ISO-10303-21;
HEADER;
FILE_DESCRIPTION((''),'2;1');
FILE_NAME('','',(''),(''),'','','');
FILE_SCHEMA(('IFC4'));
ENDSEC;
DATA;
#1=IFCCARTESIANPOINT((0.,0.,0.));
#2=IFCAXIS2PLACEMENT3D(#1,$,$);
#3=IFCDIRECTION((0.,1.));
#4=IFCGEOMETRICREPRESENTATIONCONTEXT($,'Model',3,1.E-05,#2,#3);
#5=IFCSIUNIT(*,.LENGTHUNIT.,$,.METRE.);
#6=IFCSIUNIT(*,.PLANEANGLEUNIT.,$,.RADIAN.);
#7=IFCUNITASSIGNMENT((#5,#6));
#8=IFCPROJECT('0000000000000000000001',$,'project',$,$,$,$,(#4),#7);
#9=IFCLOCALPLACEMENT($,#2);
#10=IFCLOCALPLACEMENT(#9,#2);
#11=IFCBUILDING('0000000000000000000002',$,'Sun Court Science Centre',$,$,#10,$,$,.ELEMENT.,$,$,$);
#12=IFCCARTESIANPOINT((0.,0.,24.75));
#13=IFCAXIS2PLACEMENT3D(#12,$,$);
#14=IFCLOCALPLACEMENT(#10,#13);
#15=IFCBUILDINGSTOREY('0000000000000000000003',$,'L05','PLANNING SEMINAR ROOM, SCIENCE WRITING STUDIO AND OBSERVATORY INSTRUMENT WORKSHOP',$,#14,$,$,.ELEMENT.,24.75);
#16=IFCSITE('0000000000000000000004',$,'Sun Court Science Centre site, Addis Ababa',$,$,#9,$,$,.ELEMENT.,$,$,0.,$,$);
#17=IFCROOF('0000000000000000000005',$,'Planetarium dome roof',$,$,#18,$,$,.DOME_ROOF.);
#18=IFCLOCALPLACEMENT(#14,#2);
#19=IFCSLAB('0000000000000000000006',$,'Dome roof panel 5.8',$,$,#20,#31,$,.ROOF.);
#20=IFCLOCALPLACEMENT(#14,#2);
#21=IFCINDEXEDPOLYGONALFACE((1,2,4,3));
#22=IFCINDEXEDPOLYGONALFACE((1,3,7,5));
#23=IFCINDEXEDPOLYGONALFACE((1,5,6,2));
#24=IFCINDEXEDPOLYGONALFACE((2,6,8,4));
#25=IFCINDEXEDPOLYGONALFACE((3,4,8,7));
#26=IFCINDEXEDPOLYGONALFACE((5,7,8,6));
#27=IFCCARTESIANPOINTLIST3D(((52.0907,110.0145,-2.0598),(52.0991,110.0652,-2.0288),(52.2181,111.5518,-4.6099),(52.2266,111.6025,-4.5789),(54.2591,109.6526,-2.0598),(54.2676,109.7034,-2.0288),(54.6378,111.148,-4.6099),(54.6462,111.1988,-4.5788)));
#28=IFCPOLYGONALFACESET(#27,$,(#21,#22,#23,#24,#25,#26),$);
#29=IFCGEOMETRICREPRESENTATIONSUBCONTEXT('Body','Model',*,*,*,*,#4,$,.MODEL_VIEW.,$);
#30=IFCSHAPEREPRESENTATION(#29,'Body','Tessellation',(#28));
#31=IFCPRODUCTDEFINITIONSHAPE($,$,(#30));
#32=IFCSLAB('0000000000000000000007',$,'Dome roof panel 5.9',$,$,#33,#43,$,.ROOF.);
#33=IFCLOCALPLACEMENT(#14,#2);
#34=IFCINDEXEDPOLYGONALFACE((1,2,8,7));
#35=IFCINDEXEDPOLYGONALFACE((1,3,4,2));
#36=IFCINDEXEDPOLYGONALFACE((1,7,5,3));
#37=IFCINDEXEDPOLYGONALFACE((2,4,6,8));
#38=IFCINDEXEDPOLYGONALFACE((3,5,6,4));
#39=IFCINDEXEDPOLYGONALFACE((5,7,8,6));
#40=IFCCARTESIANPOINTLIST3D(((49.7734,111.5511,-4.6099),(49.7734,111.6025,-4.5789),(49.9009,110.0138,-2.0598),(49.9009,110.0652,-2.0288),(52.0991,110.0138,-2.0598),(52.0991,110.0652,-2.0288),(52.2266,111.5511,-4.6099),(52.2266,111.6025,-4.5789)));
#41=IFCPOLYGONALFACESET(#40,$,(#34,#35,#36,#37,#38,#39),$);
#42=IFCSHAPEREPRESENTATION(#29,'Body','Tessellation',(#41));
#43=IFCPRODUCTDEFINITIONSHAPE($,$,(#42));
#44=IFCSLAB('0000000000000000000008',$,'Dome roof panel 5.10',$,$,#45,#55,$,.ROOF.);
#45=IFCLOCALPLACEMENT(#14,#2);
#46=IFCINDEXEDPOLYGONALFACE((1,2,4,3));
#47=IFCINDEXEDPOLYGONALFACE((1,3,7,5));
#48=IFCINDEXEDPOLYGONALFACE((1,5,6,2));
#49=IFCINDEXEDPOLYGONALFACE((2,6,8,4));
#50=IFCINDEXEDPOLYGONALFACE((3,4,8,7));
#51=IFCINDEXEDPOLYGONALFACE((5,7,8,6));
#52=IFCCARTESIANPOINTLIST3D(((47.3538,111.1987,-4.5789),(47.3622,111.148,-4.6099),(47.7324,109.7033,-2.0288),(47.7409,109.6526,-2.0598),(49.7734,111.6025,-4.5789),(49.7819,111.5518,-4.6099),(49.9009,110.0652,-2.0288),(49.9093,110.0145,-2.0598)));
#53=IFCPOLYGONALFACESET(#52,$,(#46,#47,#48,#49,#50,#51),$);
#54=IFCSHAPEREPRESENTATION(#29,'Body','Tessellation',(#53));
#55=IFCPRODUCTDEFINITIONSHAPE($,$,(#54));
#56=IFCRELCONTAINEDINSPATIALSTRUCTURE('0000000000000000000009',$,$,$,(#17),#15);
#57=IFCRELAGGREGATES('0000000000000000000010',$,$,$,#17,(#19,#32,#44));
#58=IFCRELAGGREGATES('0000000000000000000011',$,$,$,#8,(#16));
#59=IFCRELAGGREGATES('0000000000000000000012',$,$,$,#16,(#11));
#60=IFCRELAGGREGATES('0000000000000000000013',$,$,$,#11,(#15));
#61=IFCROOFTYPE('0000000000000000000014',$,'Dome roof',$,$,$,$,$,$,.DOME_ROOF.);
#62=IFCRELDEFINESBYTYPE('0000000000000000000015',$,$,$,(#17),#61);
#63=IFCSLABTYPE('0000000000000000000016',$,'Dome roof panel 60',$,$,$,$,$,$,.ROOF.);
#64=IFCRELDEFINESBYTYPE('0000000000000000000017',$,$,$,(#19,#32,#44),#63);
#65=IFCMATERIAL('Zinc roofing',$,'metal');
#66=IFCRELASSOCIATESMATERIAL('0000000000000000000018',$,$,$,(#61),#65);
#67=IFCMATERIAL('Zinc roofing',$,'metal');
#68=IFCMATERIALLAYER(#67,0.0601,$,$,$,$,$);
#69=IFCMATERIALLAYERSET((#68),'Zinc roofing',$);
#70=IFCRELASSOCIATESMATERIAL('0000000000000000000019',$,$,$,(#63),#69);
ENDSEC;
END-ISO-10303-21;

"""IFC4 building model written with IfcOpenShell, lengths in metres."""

from ifc_helpers import new_model, si_unit, direction, frame, origin, place, context, subcontext, project, spatial, polyline, outline, extrude, material, layer, layer_set, type_object, element, aggregate, save


model = new_model("IFC4")

# Units and contexts
model_context = context("Model", 3, precision=1e-05, world=origin(), true_north=direction((0.0, 1.0)))
body_context = subcontext(model_context, "Body", "Model", "MODEL_VIEW")
ifc_project = project(units=[si_unit("LENGTHUNIT", "METRE"), si_unit("PLANEANGLEUNIT", "RADIAN")], contexts=[model_context])

# Site, building, storey
site_placement = place(None, origin())
site = spatial("IfcSite", under=ifc_project, at=site_placement, Name="Sun Court Science Centre site, Addis Ababa", CompositionType="ELEMENT", RefElevation=0.0)
building_placement = place(site_placement, origin())
building = spatial("IfcBuilding", under=site, at=building_placement, Name="Sun Court Science Centre", CompositionType="ELEMENT")
storey_placement = place(building_placement, frame((0.0, 0.0, 24.75)))
storey = spatial("IfcBuildingStorey", under=building, at=storey_placement, Name="L05", Description="PLANNING SEMINAR ROOM, SCIENCE WRITING STUDIO AND OBSERVATORY INSTRUMENT WORKSHOP", CompositionType="ELEMENT", Elevation=24.75)

# Roof, slabs
ifc_material_1 = material(Name="Zinc roofing", Category="metal")
roof_type = type_object("IfcRoofType", Name="Dome roof", PredefinedType="DOME_ROOF", material=ifc_material_1)
roof_placement = place(storey_placement, origin())
roof = element("IfcRoof", 1, at=roof_placement, inside=storey, type_object=roof_type, Name="Planetarium dome roof", PredefinedType="DOME_ROOF")
ifc_material_2 = material(Name="Zinc roofing", Category="metal")
ifc_layer = layer(ifc_material_2, 0.0601)
ifc_layer_set = layer_set([ifc_layer], Name="Zinc roofing")
slab_type = type_object("IfcSlabType", Name="Dome roof panel 60", PredefinedType="ROOF", material=ifc_layer_set)
slab_1_placement = place(storey_placement, frame((54.2676, 109.7034, -2.0288), z_axis=(0.140961, 0.844729, 0.516297), x_axis=(-0.986362, 0.164591, 0.000007)))
slab_1 = element("IfcSlab", 2, at=slab_1_placement, type_object=slab_type, Name="Dome roof panel 5.8", PredefinedType="ROOF", context=body_context, shape_type="SweptSolid", body=[
    extrude(outline(polyline([(0.0, 0.0), (2.1984, 0.0), (2.3257, -2.9776), (-0.1274, -2.9776), (0.0, 0.0)])), origin(), (0.0, 0.0, -1.0), 0.0601),
])
slab_2_placement = place(storey_placement, frame((52.0991, 110.0652, -2.0288), z_axis=(0.0, 0.856406, 0.516303), x_axis=(-1.0, 0.0, 0.0)))
slab_2 = element("IfcSlab", 3, at=slab_2_placement, type_object=slab_type, Name="Dome roof panel 5.9", PredefinedType="ROOF", context=body_context, shape_type="SweptSolid", body=[
    extrude(outline(polyline([(0.0, 0.0), (2.1982, 0.0), (2.3257, -2.9776), (-0.1274, -2.9776), (0.0, 0.0)])), origin(), (0.0, 0.0, -1.0), 0.0601),
])
slab_3_placement = place(storey_placement, frame((49.9009, 110.0652, -2.0288), z_axis=(-0.140961, 0.844729, 0.516297), x_axis=(-0.986362, -0.164591, -0.000007)))
slab_3 = element("IfcSlab", 4, at=slab_3_placement, type_object=slab_type, Name="Dome roof panel 5.10", PredefinedType="ROOF", context=body_context, shape_type="SweptSolid", body=[
    extrude(outline(polyline([(0.0, 0.0), (2.1984, 0.0), (2.3258, -2.9776), (-0.1273, -2.9776), (0.0, 0.0)])), origin(), (0.0, 0.0, -1.0), 0.0601),
])
aggregate(roof, [slab_1, slab_2, slab_3])

save(model, "model.ifc")
